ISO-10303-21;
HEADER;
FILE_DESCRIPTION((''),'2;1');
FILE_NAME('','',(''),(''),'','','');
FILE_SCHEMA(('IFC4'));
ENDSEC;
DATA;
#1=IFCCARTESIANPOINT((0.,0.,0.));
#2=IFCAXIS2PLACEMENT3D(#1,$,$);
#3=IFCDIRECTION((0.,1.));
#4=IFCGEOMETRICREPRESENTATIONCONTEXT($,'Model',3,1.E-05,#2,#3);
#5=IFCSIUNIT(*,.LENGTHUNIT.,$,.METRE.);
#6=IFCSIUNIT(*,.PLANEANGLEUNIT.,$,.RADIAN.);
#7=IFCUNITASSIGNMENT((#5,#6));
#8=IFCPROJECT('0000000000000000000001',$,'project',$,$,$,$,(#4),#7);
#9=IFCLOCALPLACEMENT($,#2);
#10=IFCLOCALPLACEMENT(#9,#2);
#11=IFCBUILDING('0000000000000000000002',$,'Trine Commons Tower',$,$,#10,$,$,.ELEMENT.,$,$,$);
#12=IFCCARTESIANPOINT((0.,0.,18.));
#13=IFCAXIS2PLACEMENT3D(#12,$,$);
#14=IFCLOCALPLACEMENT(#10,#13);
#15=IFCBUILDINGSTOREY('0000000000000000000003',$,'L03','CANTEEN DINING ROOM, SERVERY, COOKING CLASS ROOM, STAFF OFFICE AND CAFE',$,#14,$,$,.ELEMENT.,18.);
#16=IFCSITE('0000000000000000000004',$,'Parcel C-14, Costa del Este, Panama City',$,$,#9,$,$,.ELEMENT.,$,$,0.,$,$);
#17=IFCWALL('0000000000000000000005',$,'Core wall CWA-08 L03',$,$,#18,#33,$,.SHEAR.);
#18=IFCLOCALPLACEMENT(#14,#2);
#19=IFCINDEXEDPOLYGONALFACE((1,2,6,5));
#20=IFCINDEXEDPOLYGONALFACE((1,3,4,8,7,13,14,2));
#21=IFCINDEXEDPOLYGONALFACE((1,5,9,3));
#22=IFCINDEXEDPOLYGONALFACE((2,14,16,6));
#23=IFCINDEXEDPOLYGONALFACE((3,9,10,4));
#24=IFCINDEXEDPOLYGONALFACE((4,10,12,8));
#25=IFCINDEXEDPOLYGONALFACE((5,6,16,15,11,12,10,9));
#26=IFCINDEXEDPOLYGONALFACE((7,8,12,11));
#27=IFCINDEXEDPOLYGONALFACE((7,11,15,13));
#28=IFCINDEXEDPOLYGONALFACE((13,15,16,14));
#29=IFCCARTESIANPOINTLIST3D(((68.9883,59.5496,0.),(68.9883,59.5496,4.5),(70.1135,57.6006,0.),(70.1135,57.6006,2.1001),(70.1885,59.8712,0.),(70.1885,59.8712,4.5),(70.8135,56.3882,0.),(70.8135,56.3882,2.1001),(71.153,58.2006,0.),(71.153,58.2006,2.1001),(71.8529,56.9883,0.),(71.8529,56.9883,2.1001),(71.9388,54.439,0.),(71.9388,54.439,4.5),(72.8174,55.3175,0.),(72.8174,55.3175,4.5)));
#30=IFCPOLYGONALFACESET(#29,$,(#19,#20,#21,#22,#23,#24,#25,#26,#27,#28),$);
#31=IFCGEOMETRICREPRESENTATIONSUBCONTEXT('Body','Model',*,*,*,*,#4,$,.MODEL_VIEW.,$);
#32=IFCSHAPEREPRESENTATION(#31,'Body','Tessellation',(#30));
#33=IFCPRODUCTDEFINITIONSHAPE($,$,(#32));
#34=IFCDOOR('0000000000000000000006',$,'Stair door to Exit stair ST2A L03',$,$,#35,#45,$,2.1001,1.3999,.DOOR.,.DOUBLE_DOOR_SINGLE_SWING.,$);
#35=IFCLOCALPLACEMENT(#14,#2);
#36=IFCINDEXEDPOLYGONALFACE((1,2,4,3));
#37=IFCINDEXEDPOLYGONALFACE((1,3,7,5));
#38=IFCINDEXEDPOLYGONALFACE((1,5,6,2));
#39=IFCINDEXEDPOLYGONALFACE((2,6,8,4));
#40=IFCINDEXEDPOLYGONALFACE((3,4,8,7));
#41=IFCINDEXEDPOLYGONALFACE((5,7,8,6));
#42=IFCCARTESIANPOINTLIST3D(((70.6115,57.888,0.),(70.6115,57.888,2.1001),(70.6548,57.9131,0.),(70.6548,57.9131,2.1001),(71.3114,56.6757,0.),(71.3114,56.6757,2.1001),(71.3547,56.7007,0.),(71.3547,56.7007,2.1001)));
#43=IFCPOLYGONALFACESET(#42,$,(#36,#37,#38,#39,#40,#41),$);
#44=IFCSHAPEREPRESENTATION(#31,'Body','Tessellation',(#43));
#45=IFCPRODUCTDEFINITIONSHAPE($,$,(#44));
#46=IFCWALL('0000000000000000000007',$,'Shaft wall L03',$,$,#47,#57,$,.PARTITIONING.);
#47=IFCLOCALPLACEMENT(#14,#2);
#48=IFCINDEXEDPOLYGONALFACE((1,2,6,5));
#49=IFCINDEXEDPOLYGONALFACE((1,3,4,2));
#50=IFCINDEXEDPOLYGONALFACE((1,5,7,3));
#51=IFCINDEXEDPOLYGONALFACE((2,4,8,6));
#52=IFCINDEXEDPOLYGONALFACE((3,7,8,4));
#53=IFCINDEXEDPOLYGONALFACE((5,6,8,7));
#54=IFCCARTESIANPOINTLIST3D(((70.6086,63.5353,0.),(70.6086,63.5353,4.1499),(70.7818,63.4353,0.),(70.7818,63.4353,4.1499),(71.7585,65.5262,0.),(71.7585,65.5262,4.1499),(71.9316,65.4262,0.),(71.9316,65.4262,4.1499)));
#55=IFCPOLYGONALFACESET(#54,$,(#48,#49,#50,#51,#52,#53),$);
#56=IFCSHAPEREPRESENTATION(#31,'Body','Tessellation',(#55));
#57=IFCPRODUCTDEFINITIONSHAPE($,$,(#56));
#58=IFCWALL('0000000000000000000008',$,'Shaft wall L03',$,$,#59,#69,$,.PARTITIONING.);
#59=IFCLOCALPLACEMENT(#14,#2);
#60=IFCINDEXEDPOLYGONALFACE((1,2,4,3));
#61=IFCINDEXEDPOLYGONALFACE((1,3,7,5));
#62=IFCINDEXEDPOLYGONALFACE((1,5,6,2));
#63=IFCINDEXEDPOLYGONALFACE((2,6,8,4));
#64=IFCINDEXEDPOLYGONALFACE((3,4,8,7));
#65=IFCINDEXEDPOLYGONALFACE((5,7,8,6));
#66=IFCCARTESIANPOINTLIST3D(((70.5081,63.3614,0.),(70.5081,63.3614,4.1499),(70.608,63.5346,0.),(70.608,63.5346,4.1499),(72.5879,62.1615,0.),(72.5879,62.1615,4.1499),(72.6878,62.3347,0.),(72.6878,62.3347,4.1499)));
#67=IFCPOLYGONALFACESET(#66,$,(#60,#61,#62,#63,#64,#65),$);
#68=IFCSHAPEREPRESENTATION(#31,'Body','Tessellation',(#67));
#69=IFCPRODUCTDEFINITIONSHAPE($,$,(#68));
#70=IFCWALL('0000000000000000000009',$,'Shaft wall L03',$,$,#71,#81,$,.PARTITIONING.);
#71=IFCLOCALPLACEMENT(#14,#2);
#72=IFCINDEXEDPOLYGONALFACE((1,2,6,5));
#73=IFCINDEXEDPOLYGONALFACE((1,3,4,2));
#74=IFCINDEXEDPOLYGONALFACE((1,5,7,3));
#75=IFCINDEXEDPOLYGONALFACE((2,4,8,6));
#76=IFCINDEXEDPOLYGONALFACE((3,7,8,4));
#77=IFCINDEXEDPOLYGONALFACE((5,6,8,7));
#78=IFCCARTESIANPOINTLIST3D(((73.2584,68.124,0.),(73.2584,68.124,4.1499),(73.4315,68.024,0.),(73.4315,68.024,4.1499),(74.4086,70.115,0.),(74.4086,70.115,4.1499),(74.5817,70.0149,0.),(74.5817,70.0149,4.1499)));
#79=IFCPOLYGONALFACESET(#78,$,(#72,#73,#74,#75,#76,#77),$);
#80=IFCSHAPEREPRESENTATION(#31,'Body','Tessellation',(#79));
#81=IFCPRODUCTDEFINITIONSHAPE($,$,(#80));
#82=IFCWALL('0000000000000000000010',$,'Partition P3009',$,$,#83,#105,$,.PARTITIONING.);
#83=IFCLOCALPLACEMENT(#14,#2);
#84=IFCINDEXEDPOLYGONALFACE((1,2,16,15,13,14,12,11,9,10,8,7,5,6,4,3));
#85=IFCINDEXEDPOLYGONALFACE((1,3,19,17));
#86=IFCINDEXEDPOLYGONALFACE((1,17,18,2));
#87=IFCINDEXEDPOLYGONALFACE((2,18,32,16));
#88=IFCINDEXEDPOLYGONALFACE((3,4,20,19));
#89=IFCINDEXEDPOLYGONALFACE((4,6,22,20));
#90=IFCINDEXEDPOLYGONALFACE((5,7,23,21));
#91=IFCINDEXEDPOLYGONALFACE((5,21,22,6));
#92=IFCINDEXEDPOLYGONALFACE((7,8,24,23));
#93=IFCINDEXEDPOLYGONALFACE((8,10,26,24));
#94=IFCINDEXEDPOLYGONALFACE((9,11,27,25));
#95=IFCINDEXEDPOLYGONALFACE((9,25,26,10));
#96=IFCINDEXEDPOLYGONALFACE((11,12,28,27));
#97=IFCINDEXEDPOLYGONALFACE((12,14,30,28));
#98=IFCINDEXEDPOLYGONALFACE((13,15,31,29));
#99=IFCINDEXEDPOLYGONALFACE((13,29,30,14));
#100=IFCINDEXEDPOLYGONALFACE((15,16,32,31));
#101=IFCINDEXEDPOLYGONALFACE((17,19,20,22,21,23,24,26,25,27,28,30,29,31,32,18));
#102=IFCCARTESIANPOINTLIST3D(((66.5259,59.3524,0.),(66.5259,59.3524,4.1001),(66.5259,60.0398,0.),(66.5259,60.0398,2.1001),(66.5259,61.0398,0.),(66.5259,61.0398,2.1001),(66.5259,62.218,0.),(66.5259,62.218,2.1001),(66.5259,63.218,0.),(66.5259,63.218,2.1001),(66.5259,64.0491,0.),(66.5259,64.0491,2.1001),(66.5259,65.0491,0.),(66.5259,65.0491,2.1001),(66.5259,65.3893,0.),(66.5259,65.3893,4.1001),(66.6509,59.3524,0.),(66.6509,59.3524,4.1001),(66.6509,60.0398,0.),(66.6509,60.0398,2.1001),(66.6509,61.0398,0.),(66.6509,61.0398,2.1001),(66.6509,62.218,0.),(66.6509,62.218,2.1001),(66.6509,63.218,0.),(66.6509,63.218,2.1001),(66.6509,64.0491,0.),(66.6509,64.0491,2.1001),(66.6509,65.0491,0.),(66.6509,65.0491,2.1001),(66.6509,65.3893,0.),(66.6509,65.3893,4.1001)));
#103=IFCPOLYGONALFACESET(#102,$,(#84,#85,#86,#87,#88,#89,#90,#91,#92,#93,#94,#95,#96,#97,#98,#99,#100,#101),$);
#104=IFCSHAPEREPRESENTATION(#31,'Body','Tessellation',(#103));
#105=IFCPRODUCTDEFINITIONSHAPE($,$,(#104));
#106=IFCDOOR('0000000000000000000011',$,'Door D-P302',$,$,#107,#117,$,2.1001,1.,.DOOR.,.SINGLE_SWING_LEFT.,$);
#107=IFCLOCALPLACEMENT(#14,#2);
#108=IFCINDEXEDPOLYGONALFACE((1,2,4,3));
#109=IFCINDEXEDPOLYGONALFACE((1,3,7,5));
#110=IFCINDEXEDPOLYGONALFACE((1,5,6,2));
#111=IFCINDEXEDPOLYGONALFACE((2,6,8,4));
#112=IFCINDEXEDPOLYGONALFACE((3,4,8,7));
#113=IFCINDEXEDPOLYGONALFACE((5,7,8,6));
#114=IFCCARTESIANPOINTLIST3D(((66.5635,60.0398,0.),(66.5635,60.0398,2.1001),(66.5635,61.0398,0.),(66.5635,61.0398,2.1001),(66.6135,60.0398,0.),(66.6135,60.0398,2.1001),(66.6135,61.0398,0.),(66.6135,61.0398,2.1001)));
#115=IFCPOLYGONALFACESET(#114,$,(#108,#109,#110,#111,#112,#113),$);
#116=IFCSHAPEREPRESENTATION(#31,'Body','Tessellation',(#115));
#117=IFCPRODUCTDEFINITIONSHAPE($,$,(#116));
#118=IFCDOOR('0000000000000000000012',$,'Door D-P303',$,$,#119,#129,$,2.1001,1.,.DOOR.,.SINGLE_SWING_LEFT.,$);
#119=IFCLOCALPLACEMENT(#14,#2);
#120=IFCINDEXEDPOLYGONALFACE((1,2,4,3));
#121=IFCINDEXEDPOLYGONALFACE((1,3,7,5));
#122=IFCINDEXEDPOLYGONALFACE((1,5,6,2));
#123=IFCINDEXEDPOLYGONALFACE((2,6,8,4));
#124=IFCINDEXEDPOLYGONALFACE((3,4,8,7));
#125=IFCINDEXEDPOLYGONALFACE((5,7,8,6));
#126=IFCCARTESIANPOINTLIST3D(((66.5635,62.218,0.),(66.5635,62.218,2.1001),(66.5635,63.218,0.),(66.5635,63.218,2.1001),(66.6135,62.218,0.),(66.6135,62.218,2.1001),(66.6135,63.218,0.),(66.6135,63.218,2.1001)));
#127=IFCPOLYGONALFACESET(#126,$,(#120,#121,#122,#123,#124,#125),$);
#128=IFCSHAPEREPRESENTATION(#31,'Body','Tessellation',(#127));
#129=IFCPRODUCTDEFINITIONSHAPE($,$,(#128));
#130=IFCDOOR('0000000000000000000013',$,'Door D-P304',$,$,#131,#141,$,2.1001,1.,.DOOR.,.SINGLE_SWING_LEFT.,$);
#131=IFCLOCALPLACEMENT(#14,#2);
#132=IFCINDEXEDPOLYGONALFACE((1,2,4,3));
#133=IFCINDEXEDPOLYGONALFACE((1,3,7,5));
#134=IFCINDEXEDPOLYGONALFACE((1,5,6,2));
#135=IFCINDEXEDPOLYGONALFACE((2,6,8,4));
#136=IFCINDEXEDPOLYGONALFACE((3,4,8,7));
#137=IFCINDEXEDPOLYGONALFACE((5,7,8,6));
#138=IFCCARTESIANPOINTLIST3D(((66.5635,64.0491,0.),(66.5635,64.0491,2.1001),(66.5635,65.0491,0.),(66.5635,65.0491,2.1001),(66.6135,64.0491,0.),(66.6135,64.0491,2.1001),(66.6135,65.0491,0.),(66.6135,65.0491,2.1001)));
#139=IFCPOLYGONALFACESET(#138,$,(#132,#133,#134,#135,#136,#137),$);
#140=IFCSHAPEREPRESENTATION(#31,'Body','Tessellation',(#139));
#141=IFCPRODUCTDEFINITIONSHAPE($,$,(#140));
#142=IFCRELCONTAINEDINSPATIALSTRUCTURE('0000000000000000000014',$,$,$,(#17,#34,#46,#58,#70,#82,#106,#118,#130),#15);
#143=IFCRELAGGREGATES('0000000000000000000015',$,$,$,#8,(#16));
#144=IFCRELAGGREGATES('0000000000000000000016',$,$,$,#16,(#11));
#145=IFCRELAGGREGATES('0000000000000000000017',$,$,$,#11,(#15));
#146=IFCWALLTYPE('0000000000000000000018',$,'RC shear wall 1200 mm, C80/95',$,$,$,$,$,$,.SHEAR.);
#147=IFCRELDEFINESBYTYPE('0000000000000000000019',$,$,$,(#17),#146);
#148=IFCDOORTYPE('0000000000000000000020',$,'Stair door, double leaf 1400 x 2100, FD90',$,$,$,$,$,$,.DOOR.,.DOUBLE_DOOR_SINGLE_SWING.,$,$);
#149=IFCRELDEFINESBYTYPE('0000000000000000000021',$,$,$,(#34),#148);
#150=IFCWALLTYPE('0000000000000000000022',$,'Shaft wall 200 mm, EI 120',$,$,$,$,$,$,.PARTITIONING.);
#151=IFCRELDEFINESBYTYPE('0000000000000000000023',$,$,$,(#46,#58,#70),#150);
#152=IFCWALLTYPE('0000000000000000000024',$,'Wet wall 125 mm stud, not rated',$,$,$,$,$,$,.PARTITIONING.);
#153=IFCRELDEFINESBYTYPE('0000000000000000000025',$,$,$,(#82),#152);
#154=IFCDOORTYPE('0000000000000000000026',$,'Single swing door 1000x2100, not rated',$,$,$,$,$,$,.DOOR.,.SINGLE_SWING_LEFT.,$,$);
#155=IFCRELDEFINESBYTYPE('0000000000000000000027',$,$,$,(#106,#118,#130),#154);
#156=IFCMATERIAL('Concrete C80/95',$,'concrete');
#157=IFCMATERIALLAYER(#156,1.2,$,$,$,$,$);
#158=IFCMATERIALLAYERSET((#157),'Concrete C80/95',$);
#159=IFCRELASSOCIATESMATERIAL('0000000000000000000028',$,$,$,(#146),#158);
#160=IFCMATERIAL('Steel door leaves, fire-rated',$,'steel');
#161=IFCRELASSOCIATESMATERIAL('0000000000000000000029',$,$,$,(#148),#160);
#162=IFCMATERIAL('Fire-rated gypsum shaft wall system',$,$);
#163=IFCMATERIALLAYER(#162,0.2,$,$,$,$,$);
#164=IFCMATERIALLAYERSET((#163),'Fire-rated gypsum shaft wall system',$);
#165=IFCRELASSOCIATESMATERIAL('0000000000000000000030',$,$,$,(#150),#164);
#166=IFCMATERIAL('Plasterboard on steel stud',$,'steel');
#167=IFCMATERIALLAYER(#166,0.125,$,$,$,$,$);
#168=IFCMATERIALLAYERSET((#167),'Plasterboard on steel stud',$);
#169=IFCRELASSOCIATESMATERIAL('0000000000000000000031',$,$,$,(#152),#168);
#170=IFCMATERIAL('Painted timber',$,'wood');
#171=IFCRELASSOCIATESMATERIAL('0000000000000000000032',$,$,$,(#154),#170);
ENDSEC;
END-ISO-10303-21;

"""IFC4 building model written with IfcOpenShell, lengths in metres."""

from ifc_helpers import new_model, si_unit, direction, frame, frame_2d, origin, place, context, subcontext, project, spatial, polyline, rectangle, outline, extrude, material, layer, layer_set, type_object, element, fill, save


model = new_model("IFC4")

# Units and contexts
model_context = context("Model", 3, precision=1e-05, world=origin(), true_north=direction((0.0, 1.0)))
body_context = subcontext(model_context, "Body", "Model", "MODEL_VIEW")
ifc_project = project(units=[si_unit("LENGTHUNIT", "METRE"), si_unit("PLANEANGLEUNIT", "RADIAN")], contexts=[model_context])

# Site, building, storey
site_placement = place(None, origin())
site = spatial("IfcSite", under=ifc_project, at=site_placement, Name="Parcel C-14, Costa del Este, Panama City", CompositionType="ELEMENT", RefElevation=0.0)
building_placement = place(site_placement, origin())
building = spatial("IfcBuilding", under=site, at=building_placement, Name="Trine Commons Tower", CompositionType="ELEMENT")
storey_placement = place(building_placement, frame((0.0, 0.0, 18.0)))
storey = spatial("IfcBuildingStorey", under=building, at=storey_placement, Name="L03", Description="CANTEEN DINING ROOM, SERVERY, COOKING CLASS ROOM, STAFF OFFICE AND CAFE", CompositionType="ELEMENT", Elevation=18.0)

# Shared definitions
ifc_material_1 = material(Name="Plasterboard on steel stud", Category="steel")

# Wall, opening, door
ifc_material_2 = material(Name="Concrete C80/95", Category="concrete")
ifc_layer_1 = layer(ifc_material_2, 1.2)
ifc_layer_set_1 = layer_set([ifc_layer_1], Name="Concrete C80/95")
wall_type_1 = type_object("IfcWallType", Name="RC shear wall 1200 mm, C80/95", PredefinedType="SHEAR", material=ifc_layer_set_1)
ifc_material_3 = material(Name="Steel door leaves, fire-rated", Category="steel")
wall_1_placement = place(storey_placement, frame((69.5081, 59.8496, 0.0), z_axis=(0.0, 0.0, 1.0), x_axis=(0.499979, -0.866037, 0.0)))
wall_1 = element("IfcWall", 1, at=wall_1_placement, inside=storey, type_object=wall_type_1, Name="Core wall CWA-08 L03", PredefinedType="SHEAR", context=body_context, shape_type="SweptSolid", body=[
    extrude(outline(polyline([(0.0, -0.6001), (5.9011, -0.6001), (5.5796, 0.6001), (0.3215, 0.6001), (0.0, -0.6001)])), origin(), (0.0, 0.0, 1.0), 4.5),
])
opening_1_placement = place(wall_1_placement, frame((2.2505, 0.0, 0.0)))
opening_1 = element("IfcOpeningElement", 2, at=opening_1_placement, cuts=wall_1, PredefinedType="OPENING", context=body_context, shape_type="SweptSolid", body=[
    extrude(rectangle(XDim=1.3999, YDim=2.1001, at=frame_2d((0.7, 1.05))), frame((0.0, 0.6099, 0.0), z_axis=(0.0, -1.0, 0.0), x_axis=(1.0, 0.0, 0.0)), (0.0, 0.0, 1.0), 1.22),
])
door_type_1 = type_object("IfcDoorType", Name="Stair door, double leaf 1400 x 2100, FD90", OperationType="DOUBLE_DOOR_SINGLE_SWING", PredefinedType="DOOR", material=ifc_material_3)
door_1_placement = place(opening_1_placement, origin())
door_1 = element("IfcDoor", 3, at=door_1_placement, inside=storey, type_object=door_type_1, Name="Stair door to Exit stair ST2A L03", OperationType="DOUBLE_DOOR_SINGLE_SWING", OverallHeight=2.1001, OverallWidth=1.3999, PredefinedType="DOOR", context=body_context, shape_type="SweptSolid", body=[
    extrude(rectangle(XDim=1.3999, YDim=2.1001, at=frame_2d((0.7, 1.05))), frame((0.0, 0.0249, 0.0), z_axis=(0.0, -1.0, 0.0), x_axis=(1.0, 0.0, 0.0)), (0.0, 0.0, 1.0), 0.05),
])
fill(opening_1, door_1)

# Walls
ifc_material_4 = material(Name="Fire-rated gypsum shaft wall system")
ifc_layer_2 = layer(ifc_material_4, 0.2)
ifc_layer_set_2 = layer_set([ifc_layer_2], Name="Fire-rated gypsum shaft wall system")
wall_type_2 = type_object("IfcWallType", Name="Shaft wall 200 mm, EI 120", PredefinedType="PARTITIONING", material=ifc_layer_set_2)
wall_2_placement = place(storey_placement, frame((71.845, 65.4761, 0.0), z_axis=(0.0, 0.0, 1.0), x_axis=(-0.500136, -0.865947, 0.0)))
element("IfcWall", 4, at=wall_2_placement, inside=storey, type_object=wall_type_2, Name="Shaft wall L03", PredefinedType="PARTITIONING", context=body_context, shape_type="SweptSolid", body=[
    extrude(rectangle(XDim=2.2991, YDim=0.2, at=frame_2d((1.1494, 0.0))), origin(), (0.0, 0.0, 1.0), 4.1499),
])
wall_3_placement = place(storey_placement, frame((72.6379, 62.248, 0.0), z_axis=(0.0, 0.0, 1.0), x_axis=(-0.866177, 0.499737, 0.0)))
element("IfcWall", 5, at=wall_3_placement, inside=storey, type_object=wall_type_2, Name="Shaft wall L03", PredefinedType="PARTITIONING", context=body_context, shape_type="SweptSolid", body=[
    extrude(rectangle(XDim=2.4011, YDim=0.2, at=frame_2d((1.2007, 0.0))), origin(), (0.0, 0.0, 1.0), 4.1499),
])
wall_4_placement = place(storey_placement, frame((73.345, 68.074, 0.0), z_axis=(0.0, 0.0, 1.0), x_axis=(0.500216, 0.865901, 0.0)))
element("IfcWall", 6, at=wall_4_placement, inside=storey, type_object=wall_type_2, Name="Shaft wall L03", PredefinedType="PARTITIONING", context=body_context, shape_type="SweptSolid", body=[
    extrude(rectangle(XDim=2.2993, YDim=0.2, at=frame_2d((1.1497, 0.0))), origin(), (0.0, 0.0, 1.0), 4.1499),
])

# Wall, openings, doors
ifc_layer_3 = layer(ifc_material_1, 0.125)
ifc_layer_set_3 = layer_set([ifc_layer_3], Name="Plasterboard on steel stud")
wall_type_3 = type_object("IfcWallType", Name="Wet wall 125 mm stud, not rated", PredefinedType="PARTITIONING", material=ifc_layer_set_3)
wall_5_placement = place(storey_placement, frame((66.5884, 59.3523, 0.0), z_axis=(0.0, 0.0, 1.0), x_axis=(0.0, 1.0, 0.0)))
wall_5 = element("IfcWall", 7, at=wall_5_placement, inside=storey, type_object=wall_type_3, Name="Partition P3009", PredefinedType="PARTITIONING", context=body_context, shape_type="SweptSolid", body=[
    extrude(rectangle(XDim=6.0369, YDim=0.125, at=frame_2d((3.0186, 0.0))), origin(), (0.0, 0.0, 1.0), 4.1001),
])
opening_2_placement = place(wall_5_placement, frame((0.6875, 0.0, 0.0)))
opening_2 = element("IfcOpeningElement", 8, at=opening_2_placement, cuts=wall_5, PredefinedType="OPENING", context=body_context, shape_type="SweptSolid", body=[
    extrude(rectangle(XDim=1.0, YDim=2.1001, at=frame_2d((0.5, 1.05))), frame((0.0, 0.0725, 0.0), z_axis=(0.0, -1.0, 0.0), x_axis=(1.0, 0.0, 0.0)), (0.0, 0.0, 1.0), 0.145),
])
opening_3_placement = place(wall_5_placement, frame((2.8657, 0.0, 0.0)))
opening_3 = element("IfcOpeningElement", 9, at=opening_3_placement, cuts=wall_5, PredefinedType="OPENING", context=body_context, shape_type="SweptSolid", body=[
    extrude(rectangle(XDim=1.0, YDim=2.1001, at=frame_2d((0.5, 1.05))), frame((0.0, 0.0725, 0.0), z_axis=(0.0, -1.0, 0.0), x_axis=(1.0, 0.0, 0.0)), (0.0, 0.0, 1.0), 0.145),
])
opening_4_placement = place(wall_5_placement, frame((4.6968, 0.0, 0.0)))
opening_4 = element("IfcOpeningElement", 10, at=opening_4_placement, cuts=wall_5, PredefinedType="OPENING", context=body_context, shape_type="SweptSolid", body=[
    extrude(rectangle(XDim=1.0, YDim=2.1001, at=frame_2d((0.5, 1.05))), frame((0.0, 0.0725, 0.0), z_axis=(0.0, -1.0, 0.0), x_axis=(1.0, 0.0, 0.0)), (0.0, 0.0, 1.0), 0.145),
])
ifc_material_5 = material(Name="Painted timber", Category="wood")
door_type_2 = type_object("IfcDoorType", Name="Single swing door 1000x2100, not rated", OperationType="SINGLE_SWING_LEFT", PredefinedType="DOOR", material=ifc_material_5)
door_2_placement = place(opening_2_placement, origin())
door_2 = element("IfcDoor", 11, at=door_2_placement, inside=storey, type_object=door_type_2, Name="Door D-P302", OperationType="SINGLE_SWING_LEFT", OverallHeight=2.1001, OverallWidth=1.0, PredefinedType="DOOR", context=body_context, shape_type="SweptSolid", body=[
    extrude(rectangle(XDim=1.0, YDim=2.1001, at=frame_2d((0.5, 1.05))), frame((0.0, 0.0249, 0.0), z_axis=(0.0, -1.0, 0.0), x_axis=(1.0, 0.0, 0.0)), (0.0, 0.0, 1.0), 0.05),
])
fill(opening_2, door_2)
door_3_placement = place(opening_3_placement, origin())
door_3 = element("IfcDoor", 12, at=door_3_placement, inside=storey, type_object=door_type_2, Name="Door D-P303", OperationType="SINGLE_SWING_LEFT", OverallHeight=2.1001, OverallWidth=1.0, PredefinedType="DOOR", context=body_context, shape_type="SweptSolid", body=[
    extrude(rectangle(XDim=1.0, YDim=2.1001, at=frame_2d((0.5, 1.05))), frame((0.0, 0.0249, 0.0), z_axis=(0.0, -1.0, 0.0), x_axis=(1.0, 0.0, 0.0)), (0.0, 0.0, 1.0), 0.05),
])
fill(opening_3, door_3)
door_4_placement = place(opening_4_placement, origin())
door_4 = element("IfcDoor", 13, at=door_4_placement, inside=storey, type_object=door_type_2, Name="Door D-P304", OperationType="SINGLE_SWING_LEFT", OverallHeight=2.1001, OverallWidth=1.0, PredefinedType="DOOR", context=body_context, shape_type="SweptSolid", body=[
    extrude(rectangle(XDim=1.0, YDim=2.1001, at=frame_2d((0.5, 1.05))), frame((0.0, 0.0249, 0.0), z_axis=(0.0, -1.0, 0.0), x_axis=(1.0, 0.0, 0.0)), (0.0, 0.0, 1.0), 0.05),
])
fill(opening_4, door_4)

save(model, "model.ifc")
